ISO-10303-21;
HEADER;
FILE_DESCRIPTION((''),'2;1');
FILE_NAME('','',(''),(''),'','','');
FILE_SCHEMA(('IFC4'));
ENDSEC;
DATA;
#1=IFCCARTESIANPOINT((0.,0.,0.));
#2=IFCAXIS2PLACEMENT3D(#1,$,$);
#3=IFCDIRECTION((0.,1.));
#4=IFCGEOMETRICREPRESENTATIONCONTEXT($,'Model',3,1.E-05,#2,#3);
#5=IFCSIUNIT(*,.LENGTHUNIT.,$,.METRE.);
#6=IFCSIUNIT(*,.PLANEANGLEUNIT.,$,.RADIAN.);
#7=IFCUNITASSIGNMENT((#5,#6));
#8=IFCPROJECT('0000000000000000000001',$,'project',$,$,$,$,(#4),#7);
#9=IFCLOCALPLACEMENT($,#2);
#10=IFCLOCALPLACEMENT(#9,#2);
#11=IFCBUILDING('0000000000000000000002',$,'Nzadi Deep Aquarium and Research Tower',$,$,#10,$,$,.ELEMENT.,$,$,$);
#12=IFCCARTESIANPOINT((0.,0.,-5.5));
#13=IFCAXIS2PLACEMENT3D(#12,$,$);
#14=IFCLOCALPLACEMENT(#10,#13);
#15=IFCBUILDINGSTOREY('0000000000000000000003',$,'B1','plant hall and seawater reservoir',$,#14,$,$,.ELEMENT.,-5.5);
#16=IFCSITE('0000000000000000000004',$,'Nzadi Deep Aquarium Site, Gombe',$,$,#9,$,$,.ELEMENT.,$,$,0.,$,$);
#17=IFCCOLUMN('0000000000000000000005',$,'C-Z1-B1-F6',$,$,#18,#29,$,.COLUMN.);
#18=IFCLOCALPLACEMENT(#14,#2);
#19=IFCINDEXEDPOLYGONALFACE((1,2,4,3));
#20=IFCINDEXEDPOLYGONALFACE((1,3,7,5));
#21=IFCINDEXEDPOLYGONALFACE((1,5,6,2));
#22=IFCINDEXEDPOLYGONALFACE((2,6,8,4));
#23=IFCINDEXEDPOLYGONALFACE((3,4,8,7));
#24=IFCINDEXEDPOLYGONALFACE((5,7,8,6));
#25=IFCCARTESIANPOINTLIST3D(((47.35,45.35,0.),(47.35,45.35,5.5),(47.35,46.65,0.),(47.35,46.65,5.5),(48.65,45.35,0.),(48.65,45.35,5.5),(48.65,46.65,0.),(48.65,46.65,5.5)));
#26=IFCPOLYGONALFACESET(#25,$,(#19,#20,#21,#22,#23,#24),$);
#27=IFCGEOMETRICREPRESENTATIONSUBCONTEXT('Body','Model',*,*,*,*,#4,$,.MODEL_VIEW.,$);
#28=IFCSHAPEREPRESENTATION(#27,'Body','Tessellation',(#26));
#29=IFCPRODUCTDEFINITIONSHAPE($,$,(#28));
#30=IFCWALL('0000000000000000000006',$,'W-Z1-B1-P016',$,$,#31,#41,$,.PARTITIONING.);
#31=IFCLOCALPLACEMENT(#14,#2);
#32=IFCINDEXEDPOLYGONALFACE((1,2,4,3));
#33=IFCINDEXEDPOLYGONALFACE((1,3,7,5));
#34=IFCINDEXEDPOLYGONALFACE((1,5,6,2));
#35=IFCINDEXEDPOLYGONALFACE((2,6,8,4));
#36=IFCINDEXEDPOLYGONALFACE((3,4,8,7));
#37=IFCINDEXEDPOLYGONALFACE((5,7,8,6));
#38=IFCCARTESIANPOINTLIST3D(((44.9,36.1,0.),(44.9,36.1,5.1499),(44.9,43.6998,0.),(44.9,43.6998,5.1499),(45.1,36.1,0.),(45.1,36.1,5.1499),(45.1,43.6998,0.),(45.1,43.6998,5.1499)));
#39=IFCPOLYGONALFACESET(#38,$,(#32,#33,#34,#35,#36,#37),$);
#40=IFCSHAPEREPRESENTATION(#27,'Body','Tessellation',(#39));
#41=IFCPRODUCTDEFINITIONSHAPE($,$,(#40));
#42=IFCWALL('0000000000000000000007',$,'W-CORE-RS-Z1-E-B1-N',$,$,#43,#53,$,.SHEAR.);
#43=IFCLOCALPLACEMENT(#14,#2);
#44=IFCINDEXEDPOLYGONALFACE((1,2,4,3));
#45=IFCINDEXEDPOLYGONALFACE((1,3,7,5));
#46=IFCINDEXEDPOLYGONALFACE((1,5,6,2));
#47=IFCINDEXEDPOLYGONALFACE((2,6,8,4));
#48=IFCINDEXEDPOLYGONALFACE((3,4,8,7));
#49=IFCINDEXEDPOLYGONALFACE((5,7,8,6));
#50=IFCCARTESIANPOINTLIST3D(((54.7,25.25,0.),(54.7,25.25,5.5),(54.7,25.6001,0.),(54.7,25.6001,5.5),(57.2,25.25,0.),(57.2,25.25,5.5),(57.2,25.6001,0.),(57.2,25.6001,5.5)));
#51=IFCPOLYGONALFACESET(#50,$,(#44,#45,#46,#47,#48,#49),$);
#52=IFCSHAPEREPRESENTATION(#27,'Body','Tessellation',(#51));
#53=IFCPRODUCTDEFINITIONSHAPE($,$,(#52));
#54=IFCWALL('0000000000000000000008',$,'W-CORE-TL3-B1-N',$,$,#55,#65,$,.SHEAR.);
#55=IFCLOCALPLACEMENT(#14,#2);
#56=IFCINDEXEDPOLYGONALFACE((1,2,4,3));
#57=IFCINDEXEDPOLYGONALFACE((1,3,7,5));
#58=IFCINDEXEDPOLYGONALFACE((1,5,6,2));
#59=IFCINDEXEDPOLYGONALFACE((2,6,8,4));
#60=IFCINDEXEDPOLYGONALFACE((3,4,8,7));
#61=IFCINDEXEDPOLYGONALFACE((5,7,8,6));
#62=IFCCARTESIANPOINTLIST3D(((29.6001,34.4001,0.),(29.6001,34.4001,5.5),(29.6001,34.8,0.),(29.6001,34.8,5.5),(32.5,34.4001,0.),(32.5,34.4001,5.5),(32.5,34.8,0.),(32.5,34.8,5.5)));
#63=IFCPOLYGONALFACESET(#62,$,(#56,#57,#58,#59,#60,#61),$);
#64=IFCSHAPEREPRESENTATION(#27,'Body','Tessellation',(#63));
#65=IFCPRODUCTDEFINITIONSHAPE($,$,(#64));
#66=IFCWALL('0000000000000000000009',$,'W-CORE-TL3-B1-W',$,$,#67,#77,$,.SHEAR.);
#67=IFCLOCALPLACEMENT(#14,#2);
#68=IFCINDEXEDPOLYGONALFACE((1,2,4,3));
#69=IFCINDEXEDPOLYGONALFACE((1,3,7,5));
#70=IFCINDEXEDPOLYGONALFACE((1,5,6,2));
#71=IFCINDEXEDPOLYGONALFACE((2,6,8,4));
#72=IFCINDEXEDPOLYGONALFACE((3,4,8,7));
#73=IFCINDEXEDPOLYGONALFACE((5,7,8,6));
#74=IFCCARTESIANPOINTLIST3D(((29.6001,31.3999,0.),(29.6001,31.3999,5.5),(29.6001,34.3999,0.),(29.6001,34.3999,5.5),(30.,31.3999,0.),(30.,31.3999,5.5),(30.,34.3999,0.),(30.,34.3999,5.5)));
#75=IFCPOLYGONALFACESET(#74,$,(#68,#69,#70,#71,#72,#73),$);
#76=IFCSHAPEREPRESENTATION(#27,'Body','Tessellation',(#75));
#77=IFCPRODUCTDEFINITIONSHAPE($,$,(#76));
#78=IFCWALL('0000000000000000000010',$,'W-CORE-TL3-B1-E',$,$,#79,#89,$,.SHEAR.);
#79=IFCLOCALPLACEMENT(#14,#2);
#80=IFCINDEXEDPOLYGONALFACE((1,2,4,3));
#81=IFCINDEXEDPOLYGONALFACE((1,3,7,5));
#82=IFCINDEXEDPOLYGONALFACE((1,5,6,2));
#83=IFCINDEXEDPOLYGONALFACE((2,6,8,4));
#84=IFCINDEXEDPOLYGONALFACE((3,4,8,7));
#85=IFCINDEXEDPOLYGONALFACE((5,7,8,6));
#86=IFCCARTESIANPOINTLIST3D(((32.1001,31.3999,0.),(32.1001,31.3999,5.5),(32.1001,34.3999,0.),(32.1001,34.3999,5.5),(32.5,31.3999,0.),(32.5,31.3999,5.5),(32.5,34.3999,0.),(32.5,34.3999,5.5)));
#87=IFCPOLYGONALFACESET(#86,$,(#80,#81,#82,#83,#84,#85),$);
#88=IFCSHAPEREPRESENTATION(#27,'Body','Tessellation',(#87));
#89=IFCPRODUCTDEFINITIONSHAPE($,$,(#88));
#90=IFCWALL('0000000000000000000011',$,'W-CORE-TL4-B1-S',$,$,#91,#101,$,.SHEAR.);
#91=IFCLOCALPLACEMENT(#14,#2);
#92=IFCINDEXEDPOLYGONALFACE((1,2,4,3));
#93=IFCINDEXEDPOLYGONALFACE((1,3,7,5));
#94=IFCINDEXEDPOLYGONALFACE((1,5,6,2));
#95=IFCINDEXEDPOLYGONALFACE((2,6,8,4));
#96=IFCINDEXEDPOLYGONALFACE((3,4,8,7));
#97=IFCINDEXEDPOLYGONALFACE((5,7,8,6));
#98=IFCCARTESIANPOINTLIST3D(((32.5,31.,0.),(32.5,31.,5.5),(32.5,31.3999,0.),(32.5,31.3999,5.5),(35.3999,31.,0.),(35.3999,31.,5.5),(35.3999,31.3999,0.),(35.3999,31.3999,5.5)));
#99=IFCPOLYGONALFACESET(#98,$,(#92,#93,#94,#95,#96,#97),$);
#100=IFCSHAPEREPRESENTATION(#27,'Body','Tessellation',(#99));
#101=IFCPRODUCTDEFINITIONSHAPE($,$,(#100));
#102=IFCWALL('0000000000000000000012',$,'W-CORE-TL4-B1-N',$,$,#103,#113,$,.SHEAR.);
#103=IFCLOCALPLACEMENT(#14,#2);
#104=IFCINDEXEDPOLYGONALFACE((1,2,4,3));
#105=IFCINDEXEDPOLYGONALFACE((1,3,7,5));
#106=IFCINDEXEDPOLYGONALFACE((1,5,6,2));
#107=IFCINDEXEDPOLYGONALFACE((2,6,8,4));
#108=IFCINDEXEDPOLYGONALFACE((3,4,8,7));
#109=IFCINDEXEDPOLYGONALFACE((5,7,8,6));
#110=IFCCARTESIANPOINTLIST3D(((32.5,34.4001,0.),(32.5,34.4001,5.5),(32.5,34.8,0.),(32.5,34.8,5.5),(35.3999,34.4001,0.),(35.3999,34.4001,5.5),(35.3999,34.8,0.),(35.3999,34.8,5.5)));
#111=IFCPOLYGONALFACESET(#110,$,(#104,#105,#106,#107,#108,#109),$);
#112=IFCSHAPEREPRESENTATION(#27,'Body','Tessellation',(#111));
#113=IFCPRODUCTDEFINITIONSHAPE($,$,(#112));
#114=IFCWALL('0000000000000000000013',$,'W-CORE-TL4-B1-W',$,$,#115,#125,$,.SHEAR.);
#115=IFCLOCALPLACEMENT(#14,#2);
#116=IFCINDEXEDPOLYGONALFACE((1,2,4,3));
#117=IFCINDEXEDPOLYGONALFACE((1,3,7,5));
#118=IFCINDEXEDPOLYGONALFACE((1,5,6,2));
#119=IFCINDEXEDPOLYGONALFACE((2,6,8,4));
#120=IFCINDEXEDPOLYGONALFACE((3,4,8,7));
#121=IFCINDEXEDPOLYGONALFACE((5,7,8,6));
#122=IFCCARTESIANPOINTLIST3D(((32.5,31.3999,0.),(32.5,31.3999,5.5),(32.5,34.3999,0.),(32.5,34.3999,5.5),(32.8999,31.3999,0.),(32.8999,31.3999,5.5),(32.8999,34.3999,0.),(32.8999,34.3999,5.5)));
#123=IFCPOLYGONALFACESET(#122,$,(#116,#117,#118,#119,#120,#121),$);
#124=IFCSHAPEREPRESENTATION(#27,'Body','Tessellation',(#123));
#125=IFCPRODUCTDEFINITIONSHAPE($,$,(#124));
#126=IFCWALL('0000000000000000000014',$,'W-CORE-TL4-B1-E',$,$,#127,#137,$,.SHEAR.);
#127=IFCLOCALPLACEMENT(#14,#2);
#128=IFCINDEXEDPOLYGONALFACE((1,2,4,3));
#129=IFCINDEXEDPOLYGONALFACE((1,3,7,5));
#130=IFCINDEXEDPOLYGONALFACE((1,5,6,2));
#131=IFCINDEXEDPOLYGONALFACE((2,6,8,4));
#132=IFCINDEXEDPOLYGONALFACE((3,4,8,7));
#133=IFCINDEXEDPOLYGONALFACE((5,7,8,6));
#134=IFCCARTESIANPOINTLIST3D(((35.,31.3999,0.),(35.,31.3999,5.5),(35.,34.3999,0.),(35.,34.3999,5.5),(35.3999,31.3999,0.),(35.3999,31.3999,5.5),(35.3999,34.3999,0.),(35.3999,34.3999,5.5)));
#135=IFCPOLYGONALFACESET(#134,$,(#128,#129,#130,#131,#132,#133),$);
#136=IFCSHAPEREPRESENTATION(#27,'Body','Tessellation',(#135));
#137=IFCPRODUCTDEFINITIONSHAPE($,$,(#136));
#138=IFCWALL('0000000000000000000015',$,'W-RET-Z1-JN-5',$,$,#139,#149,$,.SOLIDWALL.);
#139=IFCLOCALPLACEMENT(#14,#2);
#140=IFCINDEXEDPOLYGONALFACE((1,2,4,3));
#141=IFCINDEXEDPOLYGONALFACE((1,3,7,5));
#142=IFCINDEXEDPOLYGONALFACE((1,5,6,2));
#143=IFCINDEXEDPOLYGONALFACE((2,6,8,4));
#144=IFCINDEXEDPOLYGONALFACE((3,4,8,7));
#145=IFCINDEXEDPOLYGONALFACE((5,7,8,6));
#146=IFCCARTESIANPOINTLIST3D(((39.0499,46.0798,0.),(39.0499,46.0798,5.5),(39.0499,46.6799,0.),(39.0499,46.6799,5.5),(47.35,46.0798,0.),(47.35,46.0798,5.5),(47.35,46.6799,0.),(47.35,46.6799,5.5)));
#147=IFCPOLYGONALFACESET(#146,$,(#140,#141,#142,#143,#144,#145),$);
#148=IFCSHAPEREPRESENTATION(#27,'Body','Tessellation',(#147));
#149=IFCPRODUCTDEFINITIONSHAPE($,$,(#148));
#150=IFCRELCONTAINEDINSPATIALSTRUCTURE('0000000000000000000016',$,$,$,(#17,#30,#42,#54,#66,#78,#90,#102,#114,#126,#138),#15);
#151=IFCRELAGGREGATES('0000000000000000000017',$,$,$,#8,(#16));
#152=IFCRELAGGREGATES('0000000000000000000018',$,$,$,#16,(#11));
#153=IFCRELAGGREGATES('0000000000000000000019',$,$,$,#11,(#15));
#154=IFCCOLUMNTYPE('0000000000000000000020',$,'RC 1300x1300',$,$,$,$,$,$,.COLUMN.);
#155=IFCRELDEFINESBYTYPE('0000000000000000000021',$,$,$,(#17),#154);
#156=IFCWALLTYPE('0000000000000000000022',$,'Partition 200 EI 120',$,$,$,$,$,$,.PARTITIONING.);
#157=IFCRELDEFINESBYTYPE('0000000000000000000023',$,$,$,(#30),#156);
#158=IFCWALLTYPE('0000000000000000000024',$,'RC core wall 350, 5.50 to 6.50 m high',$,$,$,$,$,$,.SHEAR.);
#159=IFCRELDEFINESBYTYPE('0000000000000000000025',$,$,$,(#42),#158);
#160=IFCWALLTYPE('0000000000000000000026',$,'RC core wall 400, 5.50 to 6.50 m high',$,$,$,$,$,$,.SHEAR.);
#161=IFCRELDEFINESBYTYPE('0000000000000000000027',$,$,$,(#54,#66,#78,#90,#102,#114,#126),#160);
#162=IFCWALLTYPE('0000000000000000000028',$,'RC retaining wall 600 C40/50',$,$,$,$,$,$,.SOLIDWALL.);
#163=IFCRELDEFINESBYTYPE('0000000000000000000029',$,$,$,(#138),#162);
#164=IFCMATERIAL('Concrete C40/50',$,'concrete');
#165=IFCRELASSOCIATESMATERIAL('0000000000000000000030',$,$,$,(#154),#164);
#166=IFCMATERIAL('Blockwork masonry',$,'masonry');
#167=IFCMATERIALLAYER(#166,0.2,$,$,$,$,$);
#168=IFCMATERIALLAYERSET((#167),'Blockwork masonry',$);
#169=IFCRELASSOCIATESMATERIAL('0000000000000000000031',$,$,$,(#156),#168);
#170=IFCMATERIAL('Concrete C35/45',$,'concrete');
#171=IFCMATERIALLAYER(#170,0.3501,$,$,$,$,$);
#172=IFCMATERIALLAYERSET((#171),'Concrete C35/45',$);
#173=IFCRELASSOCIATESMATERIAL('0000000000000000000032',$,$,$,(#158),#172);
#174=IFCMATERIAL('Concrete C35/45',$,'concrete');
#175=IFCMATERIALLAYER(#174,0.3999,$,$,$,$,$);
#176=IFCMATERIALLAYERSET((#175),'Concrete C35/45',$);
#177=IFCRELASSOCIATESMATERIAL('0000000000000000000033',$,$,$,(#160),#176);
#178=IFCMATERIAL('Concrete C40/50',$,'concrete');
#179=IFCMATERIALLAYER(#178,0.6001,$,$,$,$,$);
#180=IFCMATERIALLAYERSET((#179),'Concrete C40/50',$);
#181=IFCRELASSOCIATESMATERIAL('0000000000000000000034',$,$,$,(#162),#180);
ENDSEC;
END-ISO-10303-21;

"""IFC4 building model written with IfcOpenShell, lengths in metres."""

from ifc_helpers import new_model, si_unit, direction, frame, frame_2d, origin, origin_2d, place, context, subcontext, project, spatial, rectangle, extrude, material, layer, layer_set, material_profile, profile_set, type_object, element, save


model = new_model("IFC4")

# Units and contexts
model_context = context("Model", 3, precision=1e-05, world=origin(), true_north=direction((0.0, 1.0)))
body_context = subcontext(model_context, "Body", "Model", "MODEL_VIEW")
ifc_project = project(units=[si_unit("LENGTHUNIT", "METRE"), si_unit("PLANEANGLEUNIT", "RADIAN")], contexts=[model_context])

# Site, building, storey
site_placement = place(None, origin())
site = spatial("IfcSite", under=ifc_project, at=site_placement, Name="Nzadi Deep Aquarium Site, Gombe", CompositionType="ELEMENT", RefElevation=0.0)
building_placement = place(site_placement, origin())
building = spatial("IfcBuilding", under=site, at=building_placement, Name="Nzadi Deep Aquarium and Research Tower", CompositionType="ELEMENT")
storey_placement = place(building_placement, frame((0.0, 0.0, -5.5)))
storey = spatial("IfcBuildingStorey", under=building, at=storey_placement, Name="B1", Description="plant hall and seawater reservoir", CompositionType="ELEMENT", Elevation=-5.5)

# Column
ifc_material_1 = material(Name="Concrete C40/50", Category="concrete")
ifc_material_profile_1 = material_profile(ifc_material_1, rectangle(XDim=1.3, YDim=1.3, at=origin_2d()))
ifc_profile_set_1 = profile_set([ifc_material_profile_1], Name="Concrete C40/50")
column_type = type_object("IfcColumnType", Name="RC 1300x1300", PredefinedType="COLUMN", material=ifc_profile_set_1)
for number, where, z_axis, x_axis, name in (
    (1, (48.0, 46.0, 0.0), (0.0, 0.0, 1.0), (1.0, 0.0, 0.0), "C-Z1-B1-F6"),
):
    element("IfcColumn", number, at=place(storey_placement, frame(where, z_axis=z_axis, x_axis=x_axis)), inside=storey, type_object=column_type, Name=name, PredefinedType="COLUMN", context=body_context, shape_type="SweptSolid", body=[
        extrude(rectangle(XDim=1.3, YDim=1.3, at=origin_2d()), origin(), (0.0, 0.0, 1.0), 5.5),
    ])

# Walls
ifc_material_2 = material(Name="Blockwork masonry", Category="masonry")
ifc_layer_1 = layer(ifc_material_2, 0.2)
ifc_layer_set_1 = layer_set([ifc_layer_1], Name="Blockwork masonry")
wall_type_1 = type_object("IfcWallType", Name="Partition 200 EI 120", PredefinedType="PARTITIONING", material=ifc_layer_set_1)
wall_1_placement = place(storey_placement, frame((45.0, 36.1001, 0.0), z_axis=(0.0, 0.0, 1.0), x_axis=(0.0, 1.0, 0.0)))
element("IfcWall", 2, at=wall_1_placement, inside=storey, type_object=wall_type_1, Name="W-Z1-B1-P016", PredefinedType="PARTITIONING", context=body_context, shape_type="SweptSolid", body=[
    extrude(rectangle(XDim=7.5999, YDim=0.2, at=frame_2d((3.7998, 0.0))), origin(), (0.0, 0.0, 1.0), 5.1499),
])
ifc_material_3 = material(Name="Concrete C35/45", Category="concrete")
ifc_layer_2 = layer(ifc_material_3, 0.3501)
ifc_layer_set_2 = layer_set([ifc_layer_2], Name="Concrete C35/45")
wall_type_2 = type_object("IfcWallType", Name="RC core wall 350, 5.50 to 6.50 m high", PredefinedType="SHEAR", material=ifc_layer_set_2)
wall_2_placement = place(storey_placement, frame((54.7, 25.425, 0.0), z_axis=(0.0, 0.0, 1.0), x_axis=(1.0, 0.0, 0.0)))
element("IfcWall", 3, at=wall_2_placement, inside=storey, type_object=wall_type_2, Name="W-CORE-RS-Z1-E-B1-N", PredefinedType="SHEAR", context=body_context, shape_type="SweptSolid", body=[
    extrude(rectangle(XDim=2.5, YDim=0.3501, at=frame_2d((1.25, 0.0))), origin(), (0.0, 0.0, 1.0), 5.5),
])
ifc_material_4 = material(Name="Concrete C35/45", Category="concrete")
ifc_layer_3 = layer(ifc_material_4, 0.3999)
ifc_layer_set_3 = layer_set([ifc_layer_3], Name="Concrete C35/45")
wall_type_3 = type_object("IfcWallType", Name="RC core wall 400, 5.50 to 6.50 m high", PredefinedType="SHEAR", material=ifc_layer_set_3)
wall_3_placement = place(storey_placement, frame((29.6001, 34.6001, 0.0), z_axis=(0.0, 0.0, 1.0), x_axis=(1.0, 0.0, 0.0)))
element("IfcWall", 4, at=wall_3_placement, inside=storey, type_object=wall_type_3, Name="W-CORE-TL3-B1-N", PredefinedType="SHEAR", context=body_context, shape_type="SweptSolid", body=[
    extrude(rectangle(XDim=2.8999, YDim=0.3999, at=frame_2d((1.45, 0.0))), origin(), (0.0, 0.0, 1.0), 5.5),
])
for number, where, z_axis, x_axis, name in (
    (5, (29.8, 31.3999, 0.0), (0.0, 0.0, 1.0), (0.0, 1.0, 0.0), "W-CORE-TL3-B1-W"),
    (6, (32.3, 31.3999, 0.0), (0.0, 0.0, 1.0), (0.0, 1.0, 0.0), "W-CORE-TL3-B1-E"),
):
    element("IfcWall", number, at=place(storey_placement, frame(where, z_axis=z_axis, x_axis=x_axis)), inside=storey, type_object=wall_type_3, Name=name, PredefinedType="SHEAR", context=body_context, shape_type="SweptSolid", body=[
        extrude(rectangle(XDim=3.0, YDim=0.3999, at=frame_2d((1.5, 0.0))), origin(), (0.0, 0.0, 1.0), 5.5),
    ])
for number, where, z_axis, x_axis, name in (
    (7, (32.5, 31.2, 0.0), (0.0, 0.0, 1.0), (1.0, 0.0, 0.0), "W-CORE-TL4-B1-S"),
    (8, (32.5, 34.6001, 0.0), (0.0, 0.0, 1.0), (1.0, 0.0, 0.0), "W-CORE-TL4-B1-N"),
):
    element("IfcWall", number, at=place(storey_placement, frame(where, z_axis=z_axis, x_axis=x_axis)), inside=storey, type_object=wall_type_3, Name=name, PredefinedType="SHEAR", context=body_context, shape_type="SweptSolid", body=[
        extrude(rectangle(XDim=2.8999, YDim=0.3999, at=frame_2d((1.45, 0.0))), origin(), (0.0, 0.0, 1.0), 5.5),
    ])
for number, where, z_axis, x_axis, name in (
    (9, (32.7, 31.3999, 0.0), (0.0, 0.0, 1.0), (0.0, 1.0, 0.0), "W-CORE-TL4-B1-W"),
    (10, (35.2, 31.3999, 0.0), (0.0, 0.0, 1.0), (0.0, 1.0, 0.0), "W-CORE-TL4-B1-E"),
):
    element("IfcWall", number, at=place(storey_placement, frame(where, z_axis=z_axis, x_axis=x_axis)), inside=storey, type_object=wall_type_3, Name=name, PredefinedType="SHEAR", context=body_context, shape_type="SweptSolid", body=[
        extrude(rectangle(XDim=3.0, YDim=0.3999, at=frame_2d((1.5, 0.0))), origin(), (0.0, 0.0, 1.0), 5.5),
    ])
ifc_material_5 = material(Name="Concrete C40/50", Category="concrete")
ifc_layer_4 = layer(ifc_material_5, 0.6001)
ifc_layer_set_4 = layer_set([ifc_layer_4], Name="Concrete C40/50")
wall_type_4 = type_object("IfcWallType", Name="RC retaining wall 600 C40/50", PredefinedType="SOLIDWALL", material=ifc_layer_set_4)
wall_4_placement = place(storey_placement, frame((39.05, 46.3799, 0.0), z_axis=(0.0, 0.0, 1.0), x_axis=(1.0, 0.0, 0.0)))
element("IfcWall", 11, at=wall_4_placement, inside=storey, type_object=wall_type_4, Name="W-RET-Z1-JN-5", PredefinedType="SOLIDWALL", context=body_context, shape_type="SweptSolid", body=[
    extrude(rectangle(XDim=8.3, YDim=0.6001, at=frame_2d((4.1499, 0.0))), origin(), (0.0, 0.0, 1.0), 5.5),
])

save(model, "model.ifc")
